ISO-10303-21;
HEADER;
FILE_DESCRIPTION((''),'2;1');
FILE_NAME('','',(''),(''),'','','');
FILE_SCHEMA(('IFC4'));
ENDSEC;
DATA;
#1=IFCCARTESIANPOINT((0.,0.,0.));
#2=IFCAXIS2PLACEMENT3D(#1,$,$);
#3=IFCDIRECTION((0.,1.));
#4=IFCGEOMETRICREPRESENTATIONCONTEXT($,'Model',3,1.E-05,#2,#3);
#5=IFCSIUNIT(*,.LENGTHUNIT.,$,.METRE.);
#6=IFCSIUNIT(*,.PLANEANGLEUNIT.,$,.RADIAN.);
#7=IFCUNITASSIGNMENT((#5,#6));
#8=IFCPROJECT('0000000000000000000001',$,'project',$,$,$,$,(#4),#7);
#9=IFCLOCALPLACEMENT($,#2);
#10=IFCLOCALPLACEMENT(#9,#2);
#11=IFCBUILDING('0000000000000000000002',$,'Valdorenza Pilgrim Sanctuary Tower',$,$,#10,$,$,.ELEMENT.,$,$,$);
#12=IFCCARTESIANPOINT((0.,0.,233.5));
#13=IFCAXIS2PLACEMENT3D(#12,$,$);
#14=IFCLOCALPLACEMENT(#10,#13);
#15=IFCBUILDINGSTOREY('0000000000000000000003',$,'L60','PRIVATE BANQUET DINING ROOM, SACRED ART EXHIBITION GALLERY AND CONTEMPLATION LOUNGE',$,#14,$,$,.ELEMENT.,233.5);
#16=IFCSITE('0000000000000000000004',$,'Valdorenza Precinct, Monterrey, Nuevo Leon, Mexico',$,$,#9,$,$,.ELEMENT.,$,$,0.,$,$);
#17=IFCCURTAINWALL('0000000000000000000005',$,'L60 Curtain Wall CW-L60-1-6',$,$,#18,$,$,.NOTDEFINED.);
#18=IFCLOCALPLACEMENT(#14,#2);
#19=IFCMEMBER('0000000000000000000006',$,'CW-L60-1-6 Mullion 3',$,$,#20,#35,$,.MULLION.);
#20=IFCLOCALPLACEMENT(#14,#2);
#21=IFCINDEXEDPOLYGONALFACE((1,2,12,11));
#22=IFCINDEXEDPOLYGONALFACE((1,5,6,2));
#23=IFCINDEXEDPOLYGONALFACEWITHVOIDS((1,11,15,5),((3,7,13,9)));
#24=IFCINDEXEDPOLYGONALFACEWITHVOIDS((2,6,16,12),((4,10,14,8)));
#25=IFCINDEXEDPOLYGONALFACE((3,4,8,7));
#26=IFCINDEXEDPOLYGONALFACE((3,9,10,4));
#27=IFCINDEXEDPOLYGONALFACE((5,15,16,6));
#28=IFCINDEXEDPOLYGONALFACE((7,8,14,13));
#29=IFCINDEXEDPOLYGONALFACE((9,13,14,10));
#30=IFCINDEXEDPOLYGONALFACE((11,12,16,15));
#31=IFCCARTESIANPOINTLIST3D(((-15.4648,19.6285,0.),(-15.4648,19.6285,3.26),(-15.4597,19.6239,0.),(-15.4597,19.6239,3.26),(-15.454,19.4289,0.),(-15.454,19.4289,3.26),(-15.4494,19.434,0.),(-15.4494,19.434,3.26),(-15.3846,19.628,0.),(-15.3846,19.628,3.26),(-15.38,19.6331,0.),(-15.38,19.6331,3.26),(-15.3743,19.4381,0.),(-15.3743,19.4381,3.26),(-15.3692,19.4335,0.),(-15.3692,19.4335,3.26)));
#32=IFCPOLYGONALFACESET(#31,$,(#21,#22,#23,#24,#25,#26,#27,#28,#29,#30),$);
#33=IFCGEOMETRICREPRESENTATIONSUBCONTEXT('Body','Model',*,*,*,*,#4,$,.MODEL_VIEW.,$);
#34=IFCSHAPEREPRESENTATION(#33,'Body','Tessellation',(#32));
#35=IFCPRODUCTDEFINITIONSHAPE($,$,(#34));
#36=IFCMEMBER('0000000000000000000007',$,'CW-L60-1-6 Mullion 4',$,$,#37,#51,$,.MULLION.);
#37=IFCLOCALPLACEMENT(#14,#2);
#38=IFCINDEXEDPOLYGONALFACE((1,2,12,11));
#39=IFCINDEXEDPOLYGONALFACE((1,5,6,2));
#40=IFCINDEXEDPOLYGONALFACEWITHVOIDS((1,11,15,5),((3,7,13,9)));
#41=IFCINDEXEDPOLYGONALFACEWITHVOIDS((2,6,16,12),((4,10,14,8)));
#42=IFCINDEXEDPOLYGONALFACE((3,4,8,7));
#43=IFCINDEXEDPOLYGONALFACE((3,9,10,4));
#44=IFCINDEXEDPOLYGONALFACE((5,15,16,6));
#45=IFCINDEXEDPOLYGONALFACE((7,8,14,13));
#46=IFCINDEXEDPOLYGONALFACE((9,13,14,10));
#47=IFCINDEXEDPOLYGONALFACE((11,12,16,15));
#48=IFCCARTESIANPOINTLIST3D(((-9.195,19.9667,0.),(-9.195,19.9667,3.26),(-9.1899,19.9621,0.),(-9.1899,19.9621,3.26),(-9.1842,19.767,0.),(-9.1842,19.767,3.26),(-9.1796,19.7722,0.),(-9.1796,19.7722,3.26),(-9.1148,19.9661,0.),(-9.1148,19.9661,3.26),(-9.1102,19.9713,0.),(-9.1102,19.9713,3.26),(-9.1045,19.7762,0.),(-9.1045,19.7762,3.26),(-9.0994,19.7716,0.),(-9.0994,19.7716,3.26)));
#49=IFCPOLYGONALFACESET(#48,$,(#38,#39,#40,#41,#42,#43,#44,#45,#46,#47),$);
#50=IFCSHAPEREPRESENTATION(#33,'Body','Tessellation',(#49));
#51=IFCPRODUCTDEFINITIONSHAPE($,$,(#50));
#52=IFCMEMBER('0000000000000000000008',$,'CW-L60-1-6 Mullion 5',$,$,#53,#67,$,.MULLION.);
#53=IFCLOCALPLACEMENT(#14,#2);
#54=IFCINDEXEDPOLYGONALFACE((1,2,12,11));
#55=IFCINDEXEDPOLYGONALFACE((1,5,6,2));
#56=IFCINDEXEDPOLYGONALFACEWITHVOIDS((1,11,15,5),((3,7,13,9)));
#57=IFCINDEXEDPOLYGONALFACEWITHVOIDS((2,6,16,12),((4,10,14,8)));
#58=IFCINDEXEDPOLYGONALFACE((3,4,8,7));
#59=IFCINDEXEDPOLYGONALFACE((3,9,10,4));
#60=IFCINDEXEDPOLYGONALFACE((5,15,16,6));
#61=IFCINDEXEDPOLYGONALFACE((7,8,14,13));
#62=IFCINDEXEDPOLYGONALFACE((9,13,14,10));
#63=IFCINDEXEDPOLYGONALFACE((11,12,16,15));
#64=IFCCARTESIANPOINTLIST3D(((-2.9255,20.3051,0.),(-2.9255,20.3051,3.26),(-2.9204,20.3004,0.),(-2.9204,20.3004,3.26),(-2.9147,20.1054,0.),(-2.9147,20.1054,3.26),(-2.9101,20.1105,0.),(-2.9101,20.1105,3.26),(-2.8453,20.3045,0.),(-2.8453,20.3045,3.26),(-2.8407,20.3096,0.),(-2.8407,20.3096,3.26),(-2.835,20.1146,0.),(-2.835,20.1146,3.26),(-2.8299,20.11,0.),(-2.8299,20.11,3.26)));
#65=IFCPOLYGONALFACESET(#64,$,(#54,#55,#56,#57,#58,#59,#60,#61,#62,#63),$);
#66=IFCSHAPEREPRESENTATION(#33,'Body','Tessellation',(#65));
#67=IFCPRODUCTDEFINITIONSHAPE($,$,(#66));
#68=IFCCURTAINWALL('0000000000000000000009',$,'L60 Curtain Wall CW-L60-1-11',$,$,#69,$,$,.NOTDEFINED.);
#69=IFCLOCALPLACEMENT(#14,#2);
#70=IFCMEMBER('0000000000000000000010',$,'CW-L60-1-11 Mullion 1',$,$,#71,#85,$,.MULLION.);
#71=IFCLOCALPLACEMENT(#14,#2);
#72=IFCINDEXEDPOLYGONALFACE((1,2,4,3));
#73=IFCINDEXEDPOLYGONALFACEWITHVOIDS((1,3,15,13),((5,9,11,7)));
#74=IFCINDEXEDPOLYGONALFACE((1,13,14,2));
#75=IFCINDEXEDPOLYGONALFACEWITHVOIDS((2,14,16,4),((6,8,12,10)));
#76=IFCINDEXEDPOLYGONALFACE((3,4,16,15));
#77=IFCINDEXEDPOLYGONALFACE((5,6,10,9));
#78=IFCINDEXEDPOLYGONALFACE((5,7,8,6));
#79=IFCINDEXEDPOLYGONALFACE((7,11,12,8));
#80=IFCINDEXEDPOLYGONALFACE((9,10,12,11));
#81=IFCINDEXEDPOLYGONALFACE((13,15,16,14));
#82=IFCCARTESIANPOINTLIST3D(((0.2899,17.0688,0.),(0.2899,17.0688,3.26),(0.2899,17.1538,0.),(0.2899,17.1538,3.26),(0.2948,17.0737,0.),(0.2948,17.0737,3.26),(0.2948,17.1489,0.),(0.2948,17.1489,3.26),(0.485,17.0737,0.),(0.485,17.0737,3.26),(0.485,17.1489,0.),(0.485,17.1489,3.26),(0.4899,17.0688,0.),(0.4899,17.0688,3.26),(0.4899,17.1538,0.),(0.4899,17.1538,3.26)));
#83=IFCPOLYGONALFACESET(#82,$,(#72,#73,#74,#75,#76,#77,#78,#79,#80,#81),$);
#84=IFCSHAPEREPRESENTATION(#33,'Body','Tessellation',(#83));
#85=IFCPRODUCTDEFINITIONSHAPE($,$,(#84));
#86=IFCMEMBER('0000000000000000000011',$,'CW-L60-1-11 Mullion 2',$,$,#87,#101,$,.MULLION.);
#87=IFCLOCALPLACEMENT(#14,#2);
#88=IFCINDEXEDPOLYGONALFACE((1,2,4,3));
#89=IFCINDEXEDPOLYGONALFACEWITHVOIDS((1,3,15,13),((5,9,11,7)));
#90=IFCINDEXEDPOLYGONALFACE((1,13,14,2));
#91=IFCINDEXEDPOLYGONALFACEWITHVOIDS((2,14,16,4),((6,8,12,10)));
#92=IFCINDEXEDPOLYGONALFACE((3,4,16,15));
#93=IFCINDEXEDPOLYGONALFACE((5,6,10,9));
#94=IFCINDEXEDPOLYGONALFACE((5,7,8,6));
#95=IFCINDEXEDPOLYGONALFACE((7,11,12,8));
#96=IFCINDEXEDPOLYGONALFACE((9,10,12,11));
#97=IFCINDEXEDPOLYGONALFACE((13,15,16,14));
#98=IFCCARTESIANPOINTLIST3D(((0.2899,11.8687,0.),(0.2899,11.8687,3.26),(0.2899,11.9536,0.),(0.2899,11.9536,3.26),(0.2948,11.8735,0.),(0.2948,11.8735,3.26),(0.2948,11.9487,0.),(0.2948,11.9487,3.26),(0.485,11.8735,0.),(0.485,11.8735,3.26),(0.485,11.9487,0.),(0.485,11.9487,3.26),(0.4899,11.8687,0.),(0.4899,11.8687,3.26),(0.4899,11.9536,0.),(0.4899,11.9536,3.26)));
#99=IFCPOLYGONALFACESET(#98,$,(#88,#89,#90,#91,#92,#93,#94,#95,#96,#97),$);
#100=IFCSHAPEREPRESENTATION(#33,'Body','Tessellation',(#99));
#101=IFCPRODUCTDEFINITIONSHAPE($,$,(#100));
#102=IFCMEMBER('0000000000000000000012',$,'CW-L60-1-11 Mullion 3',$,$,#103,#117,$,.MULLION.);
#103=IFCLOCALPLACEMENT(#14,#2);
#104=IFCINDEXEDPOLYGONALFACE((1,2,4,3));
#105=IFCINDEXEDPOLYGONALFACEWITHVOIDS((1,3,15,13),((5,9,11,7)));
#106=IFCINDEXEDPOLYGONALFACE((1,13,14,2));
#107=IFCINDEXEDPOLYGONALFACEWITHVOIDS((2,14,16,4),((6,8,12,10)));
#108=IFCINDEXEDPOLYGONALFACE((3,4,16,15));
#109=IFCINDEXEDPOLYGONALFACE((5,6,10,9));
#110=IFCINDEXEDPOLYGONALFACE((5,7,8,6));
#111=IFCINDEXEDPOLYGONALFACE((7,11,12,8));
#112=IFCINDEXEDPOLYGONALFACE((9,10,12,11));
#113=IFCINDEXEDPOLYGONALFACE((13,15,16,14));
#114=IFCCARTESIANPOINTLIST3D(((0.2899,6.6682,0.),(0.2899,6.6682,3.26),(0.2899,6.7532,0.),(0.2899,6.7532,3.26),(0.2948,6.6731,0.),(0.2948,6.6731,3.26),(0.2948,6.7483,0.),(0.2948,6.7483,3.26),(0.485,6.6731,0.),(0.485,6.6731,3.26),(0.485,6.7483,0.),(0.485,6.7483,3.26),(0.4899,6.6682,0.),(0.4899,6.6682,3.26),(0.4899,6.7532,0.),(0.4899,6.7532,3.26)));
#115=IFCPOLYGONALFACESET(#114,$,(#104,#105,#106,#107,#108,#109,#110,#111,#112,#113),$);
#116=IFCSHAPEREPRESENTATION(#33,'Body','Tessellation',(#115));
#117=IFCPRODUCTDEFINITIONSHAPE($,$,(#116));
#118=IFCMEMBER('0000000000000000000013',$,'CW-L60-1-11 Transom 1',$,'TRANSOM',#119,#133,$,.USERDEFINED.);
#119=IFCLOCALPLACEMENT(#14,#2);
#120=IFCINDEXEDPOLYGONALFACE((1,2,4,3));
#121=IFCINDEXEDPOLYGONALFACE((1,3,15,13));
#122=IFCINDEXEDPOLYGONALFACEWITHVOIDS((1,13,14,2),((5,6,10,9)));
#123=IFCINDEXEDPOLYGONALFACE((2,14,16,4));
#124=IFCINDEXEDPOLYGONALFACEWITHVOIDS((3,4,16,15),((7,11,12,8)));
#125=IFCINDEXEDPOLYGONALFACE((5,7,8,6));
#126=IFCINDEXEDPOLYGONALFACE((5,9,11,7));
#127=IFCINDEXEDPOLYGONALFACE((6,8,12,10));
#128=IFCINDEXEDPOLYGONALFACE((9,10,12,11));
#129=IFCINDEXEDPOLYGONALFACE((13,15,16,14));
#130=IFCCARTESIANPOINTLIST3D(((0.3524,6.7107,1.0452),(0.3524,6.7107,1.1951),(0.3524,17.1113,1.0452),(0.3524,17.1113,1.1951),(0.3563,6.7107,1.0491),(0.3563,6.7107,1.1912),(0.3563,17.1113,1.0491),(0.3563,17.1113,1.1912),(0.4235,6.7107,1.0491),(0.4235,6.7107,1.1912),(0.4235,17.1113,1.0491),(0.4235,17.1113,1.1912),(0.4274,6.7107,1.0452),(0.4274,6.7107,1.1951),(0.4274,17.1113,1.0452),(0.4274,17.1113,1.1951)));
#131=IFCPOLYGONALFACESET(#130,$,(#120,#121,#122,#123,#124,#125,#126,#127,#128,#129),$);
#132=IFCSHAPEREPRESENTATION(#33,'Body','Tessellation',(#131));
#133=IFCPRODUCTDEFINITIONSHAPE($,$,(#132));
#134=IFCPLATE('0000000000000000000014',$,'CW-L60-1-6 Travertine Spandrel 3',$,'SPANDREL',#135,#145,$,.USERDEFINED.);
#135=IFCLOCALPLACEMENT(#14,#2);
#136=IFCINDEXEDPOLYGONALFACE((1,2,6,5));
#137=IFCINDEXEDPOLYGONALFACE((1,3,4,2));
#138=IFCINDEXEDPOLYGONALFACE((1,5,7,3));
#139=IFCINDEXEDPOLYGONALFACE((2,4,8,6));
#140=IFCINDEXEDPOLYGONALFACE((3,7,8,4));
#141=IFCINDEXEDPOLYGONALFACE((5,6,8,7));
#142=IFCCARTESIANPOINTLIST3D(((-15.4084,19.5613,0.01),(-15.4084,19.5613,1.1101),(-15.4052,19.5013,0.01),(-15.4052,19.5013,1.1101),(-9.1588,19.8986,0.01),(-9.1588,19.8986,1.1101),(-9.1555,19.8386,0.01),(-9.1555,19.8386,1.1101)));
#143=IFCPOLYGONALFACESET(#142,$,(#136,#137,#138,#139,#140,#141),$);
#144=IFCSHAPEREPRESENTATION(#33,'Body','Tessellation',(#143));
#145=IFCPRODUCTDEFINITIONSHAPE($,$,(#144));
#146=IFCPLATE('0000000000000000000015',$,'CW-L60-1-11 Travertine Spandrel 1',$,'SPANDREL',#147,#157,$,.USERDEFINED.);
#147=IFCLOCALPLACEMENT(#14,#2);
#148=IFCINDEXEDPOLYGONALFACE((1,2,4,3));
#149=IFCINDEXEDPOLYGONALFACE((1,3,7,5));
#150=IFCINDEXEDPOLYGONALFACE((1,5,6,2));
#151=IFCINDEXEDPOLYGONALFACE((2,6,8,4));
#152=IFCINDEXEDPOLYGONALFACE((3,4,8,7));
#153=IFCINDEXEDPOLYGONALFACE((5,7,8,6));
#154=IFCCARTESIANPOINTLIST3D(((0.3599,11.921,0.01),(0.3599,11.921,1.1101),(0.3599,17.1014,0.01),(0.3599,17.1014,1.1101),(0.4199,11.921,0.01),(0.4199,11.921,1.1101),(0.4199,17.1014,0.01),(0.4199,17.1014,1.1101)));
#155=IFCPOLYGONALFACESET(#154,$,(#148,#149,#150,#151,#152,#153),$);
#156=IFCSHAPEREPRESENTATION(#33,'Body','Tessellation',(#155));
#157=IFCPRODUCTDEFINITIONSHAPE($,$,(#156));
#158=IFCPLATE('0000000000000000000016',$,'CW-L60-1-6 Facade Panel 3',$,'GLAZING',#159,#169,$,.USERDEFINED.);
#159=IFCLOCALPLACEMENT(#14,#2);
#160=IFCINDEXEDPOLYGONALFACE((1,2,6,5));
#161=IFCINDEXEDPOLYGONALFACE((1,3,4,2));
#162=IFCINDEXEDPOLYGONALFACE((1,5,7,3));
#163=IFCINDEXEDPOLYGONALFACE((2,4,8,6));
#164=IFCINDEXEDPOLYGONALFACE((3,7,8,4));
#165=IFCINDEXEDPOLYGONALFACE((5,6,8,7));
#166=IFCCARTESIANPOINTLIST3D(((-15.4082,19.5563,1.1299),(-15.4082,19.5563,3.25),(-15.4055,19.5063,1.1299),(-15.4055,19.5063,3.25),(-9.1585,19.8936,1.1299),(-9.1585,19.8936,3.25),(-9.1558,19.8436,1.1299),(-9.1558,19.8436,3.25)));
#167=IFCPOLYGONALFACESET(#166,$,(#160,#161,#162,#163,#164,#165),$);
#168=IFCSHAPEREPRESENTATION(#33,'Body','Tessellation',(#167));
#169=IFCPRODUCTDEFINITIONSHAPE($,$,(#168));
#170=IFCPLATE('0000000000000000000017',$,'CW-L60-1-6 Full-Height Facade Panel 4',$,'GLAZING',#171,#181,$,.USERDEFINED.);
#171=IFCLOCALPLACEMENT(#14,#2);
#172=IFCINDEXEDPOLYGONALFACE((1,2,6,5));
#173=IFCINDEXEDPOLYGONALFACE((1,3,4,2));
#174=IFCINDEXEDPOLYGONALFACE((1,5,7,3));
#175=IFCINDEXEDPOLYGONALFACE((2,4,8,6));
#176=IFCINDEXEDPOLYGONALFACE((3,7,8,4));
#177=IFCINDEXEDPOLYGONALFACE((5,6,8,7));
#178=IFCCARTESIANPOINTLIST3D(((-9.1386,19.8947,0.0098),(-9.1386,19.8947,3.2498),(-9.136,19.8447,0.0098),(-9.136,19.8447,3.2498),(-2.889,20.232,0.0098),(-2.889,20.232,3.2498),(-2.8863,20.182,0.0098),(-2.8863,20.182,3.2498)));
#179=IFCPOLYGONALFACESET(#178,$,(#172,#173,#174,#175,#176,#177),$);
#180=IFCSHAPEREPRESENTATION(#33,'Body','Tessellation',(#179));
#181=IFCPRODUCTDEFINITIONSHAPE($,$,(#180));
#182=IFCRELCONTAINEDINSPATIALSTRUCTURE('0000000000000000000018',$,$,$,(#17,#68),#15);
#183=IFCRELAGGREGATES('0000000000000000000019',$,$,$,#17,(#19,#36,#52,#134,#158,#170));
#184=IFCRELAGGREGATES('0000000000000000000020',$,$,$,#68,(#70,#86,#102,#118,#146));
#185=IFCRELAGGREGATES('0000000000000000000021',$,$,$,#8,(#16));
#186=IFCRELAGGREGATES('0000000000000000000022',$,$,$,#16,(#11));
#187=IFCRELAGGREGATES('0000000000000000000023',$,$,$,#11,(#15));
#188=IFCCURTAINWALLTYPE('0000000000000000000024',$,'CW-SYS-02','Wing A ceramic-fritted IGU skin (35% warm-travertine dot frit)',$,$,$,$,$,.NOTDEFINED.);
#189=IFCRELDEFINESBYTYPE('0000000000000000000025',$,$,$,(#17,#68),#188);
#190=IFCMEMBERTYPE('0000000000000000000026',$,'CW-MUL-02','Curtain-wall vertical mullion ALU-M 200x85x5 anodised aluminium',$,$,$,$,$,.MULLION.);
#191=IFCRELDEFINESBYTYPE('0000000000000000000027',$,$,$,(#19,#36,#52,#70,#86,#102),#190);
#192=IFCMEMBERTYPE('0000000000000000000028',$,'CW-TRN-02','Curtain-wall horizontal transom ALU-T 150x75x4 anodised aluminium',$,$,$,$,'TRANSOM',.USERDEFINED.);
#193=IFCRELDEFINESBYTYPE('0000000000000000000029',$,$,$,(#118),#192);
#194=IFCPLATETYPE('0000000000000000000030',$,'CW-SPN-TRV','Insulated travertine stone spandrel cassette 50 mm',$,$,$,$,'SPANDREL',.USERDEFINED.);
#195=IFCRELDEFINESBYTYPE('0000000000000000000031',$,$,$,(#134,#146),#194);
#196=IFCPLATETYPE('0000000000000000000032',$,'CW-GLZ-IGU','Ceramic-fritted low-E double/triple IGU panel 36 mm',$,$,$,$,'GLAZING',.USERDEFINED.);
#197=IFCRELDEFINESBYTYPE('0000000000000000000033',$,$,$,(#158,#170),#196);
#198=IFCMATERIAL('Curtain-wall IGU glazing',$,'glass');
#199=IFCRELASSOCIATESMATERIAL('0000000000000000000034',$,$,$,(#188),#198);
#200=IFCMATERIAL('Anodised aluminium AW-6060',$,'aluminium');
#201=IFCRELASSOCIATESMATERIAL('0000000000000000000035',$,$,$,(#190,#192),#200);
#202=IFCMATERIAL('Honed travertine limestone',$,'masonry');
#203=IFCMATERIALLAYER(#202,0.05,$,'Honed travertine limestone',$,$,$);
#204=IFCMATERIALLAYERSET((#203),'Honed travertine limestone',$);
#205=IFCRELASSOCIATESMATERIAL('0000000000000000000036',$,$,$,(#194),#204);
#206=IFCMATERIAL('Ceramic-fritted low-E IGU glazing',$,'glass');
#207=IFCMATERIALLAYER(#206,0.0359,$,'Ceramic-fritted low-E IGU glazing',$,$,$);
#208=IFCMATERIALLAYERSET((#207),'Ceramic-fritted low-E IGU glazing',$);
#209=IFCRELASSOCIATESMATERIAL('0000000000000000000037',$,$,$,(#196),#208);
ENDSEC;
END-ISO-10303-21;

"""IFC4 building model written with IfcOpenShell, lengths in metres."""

from ifc_helpers import new_model, si_unit, direction, frame, origin, origin_2d, place, context, subcontext, project, spatial, rectangle, hollow_rectangle, extrude, source, transform, mapped, material, layer, layer_set, material_profile, profile_set, type_object, element, aggregate, save


model = new_model("IFC4")

# Units and contexts
model_context = context("Model", 3, precision=1e-05, world=origin(), true_north=direction((0.0, 1.0)))
body_context = subcontext(model_context, "Body", "Model", "MODEL_VIEW")
ifc_project = project(units=[si_unit("LENGTHUNIT", "METRE"), si_unit("PLANEANGLEUNIT", "RADIAN")], contexts=[model_context])

# Site, building, storey
site_placement = place(None, origin())
site = spatial("IfcSite", under=ifc_project, at=site_placement, Name="Valdorenza Precinct, Monterrey, Nuevo Leon, Mexico", CompositionType="ELEMENT", RefElevation=0.0)
building_placement = place(site_placement, origin())
building = spatial("IfcBuilding", under=site, at=building_placement, Name="Valdorenza Pilgrim Sanctuary Tower", CompositionType="ELEMENT")
storey_placement = place(building_placement, frame((0.0, 0.0, 233.5)))
storey = spatial("IfcBuildingStorey", under=building, at=storey_placement, Name="L60", Description="PRIVATE BANQUET DINING ROOM, SACRED ART EXHIBITION GALLERY AND CONTEMPLATION LOUNGE", CompositionType="ELEMENT", Elevation=233.5)

# Curtain walls, members
ifc_material_1 = material(Name="Curtain-wall IGU glazing", Category="glass")
curtain_wall_type = type_object("IfcCurtainWallType", Name="CW-SYS-02", Description="Wing A ceramic-fritted IGU skin (35% warm-travertine dot frit)", PredefinedType="NOTDEFINED", material=ifc_material_1)
curtain_wall_1_placement = place(storey_placement, origin())
curtain_wall_1 = element("IfcCurtainWall", 1, at=curtain_wall_1_placement, inside=storey, type_object=curtain_wall_type, Name="L60 Curtain Wall CW-L60-1-6", PredefinedType="NOTDEFINED")
ifc_material_2 = material(Name="Anodised aluminium AW-6060", Category="aluminium")
ifc_material_profile_1 = material_profile(ifc_material_2, hollow_rectangle(XDim=0.085, YDim=0.2, WallThickness=0.0049, at=origin_2d()), Name="ALU-M 200x85x5")
ifc_profile_set_1 = profile_set([ifc_material_profile_1], Name="Anodised aluminium AW-6060")
member_type_1 = type_object("IfcMemberType", Name="CW-MUL-02", Description="Curtain-wall vertical mullion ALU-M 200x85x5 anodised aluminium", PredefinedType="MULLION", material=ifc_profile_set_1)
shared_shape_1 = source(origin(), body_context, "Body", "SweptSolid", [
    extrude(hollow_rectangle(XDim=0.085, YDim=0.2, WallThickness=0.0049, at=origin_2d()), origin(), (0.0, 0.0, 1.0), 3.26),
])
member_1_placement = place(storey_placement, frame((-15.417, 19.531, 0.0), z_axis=(0.0, 0.0, 1.0), x_axis=(0.998547, 0.053887, 0.0)))
member_1 = element("IfcMember", 2, at=member_1_placement, type_object=member_type_1, Name="CW-L60-1-6 Mullion 3", PredefinedType="MULLION", context=body_context, shape_type="MappedRepresentation", body=[
    mapped(shared_shape_1, transform((0.0, 0.0, 0.0), x_axis=(1.0, 0.0, 0.0), y_axis=(0.0, 1.0, 0.0), z_axis=(0.0, 0.0, 1.0), scale=1.0)),
])
member_2_placement = place(storey_placement, frame((-9.1472, 19.8691, 0.0), z_axis=(0.0, 0.0, 1.0), x_axis=(0.998547, 0.053887, 0.0)))
member_2 = element("IfcMember", 3, at=member_2_placement, type_object=member_type_1, Name="CW-L60-1-6 Mullion 4", PredefinedType="MULLION", context=body_context, shape_type="MappedRepresentation", body=[
    mapped(shared_shape_1, transform((0.0, 0.0, 0.0), x_axis=(1.0, 0.0, 0.0), y_axis=(0.0, 1.0, 0.0), z_axis=(0.0, 0.0, 1.0), scale=1.0)),
])
member_3_placement = place(storey_placement, frame((-2.8777, 20.2075, 0.0), z_axis=(0.0, 0.0, 1.0), x_axis=(0.998547, 0.053887, 0.0)))
member_3 = element("IfcMember", 4, at=member_3_placement, type_object=member_type_1, Name="CW-L60-1-6 Mullion 5", PredefinedType="MULLION", context=body_context, shape_type="MappedRepresentation", body=[
    mapped(shared_shape_1, transform((0.0, 0.0, 0.0), x_axis=(1.0, 0.0, 0.0), y_axis=(0.0, 1.0, 0.0), z_axis=(0.0, 0.0, 1.0), scale=1.0)),
])
curtain_wall_2_placement = place(storey_placement, origin())
curtain_wall_2 = element("IfcCurtainWall", 5, at=curtain_wall_2_placement, inside=storey, type_object=curtain_wall_type, Name="L60 Curtain Wall CW-L60-1-11", PredefinedType="NOTDEFINED")
member_4_placement = place(storey_placement, frame((0.3899, 17.1113, 0.0), z_axis=(0.0, 0.0, 1.0), x_axis=(0.0, -1.0, 0.0)))
member_4 = element("IfcMember", 6, at=member_4_placement, type_object=member_type_1, Name="CW-L60-1-11 Mullion 1", PredefinedType="MULLION", context=body_context, shape_type="MappedRepresentation", body=[
    mapped(shared_shape_1, transform((0.0, 0.0, 0.0), x_axis=(1.0, 0.0, 0.0), y_axis=(0.0, 1.0, 0.0), z_axis=(0.0, 0.0, 1.0), scale=1.0)),
])
member_5_placement = place(storey_placement, frame((0.3899, 11.9111, 0.0), z_axis=(0.0, 0.0, 1.0), x_axis=(0.0, -1.0, 0.0)))
member_5 = element("IfcMember", 7, at=member_5_placement, type_object=member_type_1, Name="CW-L60-1-11 Mullion 2", PredefinedType="MULLION", context=body_context, shape_type="MappedRepresentation", body=[
    mapped(shared_shape_1, transform((0.0, 0.0, 0.0), x_axis=(1.0, 0.0, 0.0), y_axis=(0.0, 1.0, 0.0), z_axis=(0.0, 0.0, 1.0), scale=1.0)),
])
member_6_placement = place(storey_placement, frame((0.3899, 6.7107, 0.0), z_axis=(0.0, 0.0, 1.0), x_axis=(0.0, -1.0, 0.0)))
member_6 = element("IfcMember", 8, at=member_6_placement, type_object=member_type_1, Name="CW-L60-1-11 Mullion 3", PredefinedType="MULLION", context=body_context, shape_type="MappedRepresentation", body=[
    mapped(shared_shape_1, transform((0.0, 0.0, 0.0), x_axis=(1.0, 0.0, 0.0), y_axis=(0.0, 1.0, 0.0), z_axis=(0.0, 0.0, 1.0), scale=1.0)),
])
ifc_material_profile_2 = material_profile(ifc_material_2, hollow_rectangle(XDim=0.075, YDim=0.1499, WallThickness=0.0039, at=origin_2d()), Name="ALU-T 150x75x4")
ifc_profile_set_2 = profile_set([ifc_material_profile_2], Name="Anodised aluminium AW-6060")
member_type_2 = type_object("IfcMemberType", Name="CW-TRN-02", Description="Curtain-wall horizontal transom ALU-T 150x75x4 anodised aluminium", ElementType="TRANSOM", PredefinedType="USERDEFINED", material=ifc_profile_set_2)
shared_shape_2 = source(origin(), body_context, "Body", "SweptSolid", [
    extrude(hollow_rectangle(XDim=0.075, YDim=0.1499, WallThickness=0.0039, at=origin_2d()), origin(), (0.0, 0.0, 1.0), 10.4006),
])
member_7_placement = place(storey_placement, frame((0.3899, 17.1113, 1.1201), z_axis=(0.0, -1.0, 0.0), x_axis=(1.0, 0.0, 0.0)))
member_7 = element("IfcMember", 9, at=member_7_placement, type_object=member_type_2, Name="CW-L60-1-11 Transom 1", ObjectType="TRANSOM", PredefinedType="USERDEFINED", context=body_context, shape_type="MappedRepresentation", body=[
    mapped(shared_shape_2, transform((0.0, 0.0, 0.0), x_axis=(1.0, 0.0, 0.0), y_axis=(0.0, 1.0, 0.0), z_axis=(0.0, 0.0, 1.0), scale=1.0)),
])

# Plates
ifc_material_3 = material(Name="Honed travertine limestone", Category="masonry")
ifc_layer_1 = layer(ifc_material_3, 0.05, Name="Honed travertine limestone")
ifc_layer_set_1 = layer_set([ifc_layer_1], Name="Honed travertine limestone")
plate_type_1 = type_object("IfcPlateType", Name="CW-SPN-TRV", Description="Insulated travertine stone spandrel cassette 50 mm", ElementType="SPANDREL", PredefinedType="USERDEFINED", material=ifc_layer_set_1)
shared_shape_3 = source(origin(), body_context, "Body", "SweptSolid", [
    extrude(rectangle(XDim=6.2588, YDim=0.0601, at=origin_2d()), origin(), (0.0, 0.0, 1.0), 1.1001),
])
plate_1_placement = place(storey_placement, frame((-12.282, 19.7, 0.01), z_axis=(0.0, 0.0, 1.0), x_axis=(0.998547, 0.053887, 0.0)))
plate_1 = element("IfcPlate", 10, at=plate_1_placement, type_object=plate_type_1, Name="CW-L60-1-6 Travertine Spandrel 3", ObjectType="SPANDREL", PredefinedType="USERDEFINED", context=body_context, shape_type="MappedRepresentation", body=[
    mapped(shared_shape_3, transform((0.0, 0.0, 0.0), x_axis=(1.0, 0.0, 0.0), y_axis=(0.0, 1.0, 0.0), z_axis=(0.0, 0.0, 1.0), scale=1.0)),
])
shared_shape_4 = source(origin(), body_context, "Body", "SweptSolid", [
    extrude(rectangle(XDim=5.1804, YDim=0.0601, at=origin_2d()), origin(), (0.0, 0.0, 1.0), 1.1001),
])
plate_2_placement = place(storey_placement, frame((0.3899, 14.5112, 0.01), z_axis=(0.0, 0.0, 1.0), x_axis=(0.0, -1.0, 0.0)))
plate_2 = element("IfcPlate", 11, at=plate_2_placement, type_object=plate_type_1, Name="CW-L60-1-11 Travertine Spandrel 1", ObjectType="SPANDREL", PredefinedType="USERDEFINED", context=body_context, shape_type="MappedRepresentation", body=[
    mapped(shared_shape_4, transform((0.0, 0.0, 0.0), x_axis=(1.0, 0.0, 0.0), y_axis=(0.0, 1.0, 0.0), z_axis=(0.0, 0.0, 1.0), scale=1.0)),
])
ifc_material_4 = material(Name="Ceramic-fritted low-E IGU glazing", Category="glass")
ifc_layer_2 = layer(ifc_material_4, 0.0359, Name="Ceramic-fritted low-E IGU glazing")
ifc_layer_set_2 = layer_set([ifc_layer_2], Name="Ceramic-fritted low-E IGU glazing")
plate_type_2 = type_object("IfcPlateType", Name="CW-GLZ-IGU", Description="Ceramic-fritted low-E double/triple IGU panel 36 mm", ElementType="GLAZING", PredefinedType="USERDEFINED", material=ifc_layer_set_2)
shared_shape_5 = source(origin(), body_context, "Body", "SweptSolid", [
    extrude(rectangle(XDim=6.2588, YDim=0.05, at=origin_2d()), origin(), (0.0, 0.0, 1.0), 2.1201),
])
plate_3_placement = place(storey_placement, frame((-12.282, 19.7, 1.1299), z_axis=(0.0, 0.0, 1.0), x_axis=(0.998547, 0.053887, 0.0)))
plate_3 = element("IfcPlate", 12, at=plate_3_placement, type_object=plate_type_2, Name="CW-L60-1-6 Facade Panel 3", ObjectType="GLAZING", PredefinedType="USERDEFINED", context=body_context, shape_type="MappedRepresentation", body=[
    mapped(shared_shape_5, transform((0.0, 0.0, 0.0), x_axis=(1.0, 0.0, 0.0), y_axis=(0.0, 1.0, 0.0), z_axis=(0.0, 0.0, 1.0), scale=1.0)),
])
shared_shape_6 = source(origin(), body_context, "Body", "SweptSolid", [
    extrude(rectangle(XDim=6.2588, YDim=0.05, at=origin_2d()), origin(), (0.0, 0.0, 1.0), 3.24),
])
plate_4_placement = place(storey_placement, frame((-6.0125, 20.0383, 0.0098), z_axis=(0.0, 0.0, 1.0), x_axis=(0.998547, 0.053887, 0.0)))
plate_4 = element("IfcPlate", 13, at=plate_4_placement, type_object=plate_type_2, Name="CW-L60-1-6 Full-Height Facade Panel 4", ObjectType="GLAZING", PredefinedType="USERDEFINED", context=body_context, shape_type="MappedRepresentation", body=[
    mapped(shared_shape_6, transform((0.0, 0.0, 0.0), x_axis=(1.0, 0.0, 0.0), y_axis=(0.0, 1.0, 0.0), z_axis=(0.0, 0.0, 1.0), scale=1.0)),
])
aggregate(curtain_wall_1, [member_1, member_2, member_3, plate_1, plate_3, plate_4])
aggregate(curtain_wall_2, [member_4, member_5, member_6, member_7, plate_2])

save(model, "model.ifc")
